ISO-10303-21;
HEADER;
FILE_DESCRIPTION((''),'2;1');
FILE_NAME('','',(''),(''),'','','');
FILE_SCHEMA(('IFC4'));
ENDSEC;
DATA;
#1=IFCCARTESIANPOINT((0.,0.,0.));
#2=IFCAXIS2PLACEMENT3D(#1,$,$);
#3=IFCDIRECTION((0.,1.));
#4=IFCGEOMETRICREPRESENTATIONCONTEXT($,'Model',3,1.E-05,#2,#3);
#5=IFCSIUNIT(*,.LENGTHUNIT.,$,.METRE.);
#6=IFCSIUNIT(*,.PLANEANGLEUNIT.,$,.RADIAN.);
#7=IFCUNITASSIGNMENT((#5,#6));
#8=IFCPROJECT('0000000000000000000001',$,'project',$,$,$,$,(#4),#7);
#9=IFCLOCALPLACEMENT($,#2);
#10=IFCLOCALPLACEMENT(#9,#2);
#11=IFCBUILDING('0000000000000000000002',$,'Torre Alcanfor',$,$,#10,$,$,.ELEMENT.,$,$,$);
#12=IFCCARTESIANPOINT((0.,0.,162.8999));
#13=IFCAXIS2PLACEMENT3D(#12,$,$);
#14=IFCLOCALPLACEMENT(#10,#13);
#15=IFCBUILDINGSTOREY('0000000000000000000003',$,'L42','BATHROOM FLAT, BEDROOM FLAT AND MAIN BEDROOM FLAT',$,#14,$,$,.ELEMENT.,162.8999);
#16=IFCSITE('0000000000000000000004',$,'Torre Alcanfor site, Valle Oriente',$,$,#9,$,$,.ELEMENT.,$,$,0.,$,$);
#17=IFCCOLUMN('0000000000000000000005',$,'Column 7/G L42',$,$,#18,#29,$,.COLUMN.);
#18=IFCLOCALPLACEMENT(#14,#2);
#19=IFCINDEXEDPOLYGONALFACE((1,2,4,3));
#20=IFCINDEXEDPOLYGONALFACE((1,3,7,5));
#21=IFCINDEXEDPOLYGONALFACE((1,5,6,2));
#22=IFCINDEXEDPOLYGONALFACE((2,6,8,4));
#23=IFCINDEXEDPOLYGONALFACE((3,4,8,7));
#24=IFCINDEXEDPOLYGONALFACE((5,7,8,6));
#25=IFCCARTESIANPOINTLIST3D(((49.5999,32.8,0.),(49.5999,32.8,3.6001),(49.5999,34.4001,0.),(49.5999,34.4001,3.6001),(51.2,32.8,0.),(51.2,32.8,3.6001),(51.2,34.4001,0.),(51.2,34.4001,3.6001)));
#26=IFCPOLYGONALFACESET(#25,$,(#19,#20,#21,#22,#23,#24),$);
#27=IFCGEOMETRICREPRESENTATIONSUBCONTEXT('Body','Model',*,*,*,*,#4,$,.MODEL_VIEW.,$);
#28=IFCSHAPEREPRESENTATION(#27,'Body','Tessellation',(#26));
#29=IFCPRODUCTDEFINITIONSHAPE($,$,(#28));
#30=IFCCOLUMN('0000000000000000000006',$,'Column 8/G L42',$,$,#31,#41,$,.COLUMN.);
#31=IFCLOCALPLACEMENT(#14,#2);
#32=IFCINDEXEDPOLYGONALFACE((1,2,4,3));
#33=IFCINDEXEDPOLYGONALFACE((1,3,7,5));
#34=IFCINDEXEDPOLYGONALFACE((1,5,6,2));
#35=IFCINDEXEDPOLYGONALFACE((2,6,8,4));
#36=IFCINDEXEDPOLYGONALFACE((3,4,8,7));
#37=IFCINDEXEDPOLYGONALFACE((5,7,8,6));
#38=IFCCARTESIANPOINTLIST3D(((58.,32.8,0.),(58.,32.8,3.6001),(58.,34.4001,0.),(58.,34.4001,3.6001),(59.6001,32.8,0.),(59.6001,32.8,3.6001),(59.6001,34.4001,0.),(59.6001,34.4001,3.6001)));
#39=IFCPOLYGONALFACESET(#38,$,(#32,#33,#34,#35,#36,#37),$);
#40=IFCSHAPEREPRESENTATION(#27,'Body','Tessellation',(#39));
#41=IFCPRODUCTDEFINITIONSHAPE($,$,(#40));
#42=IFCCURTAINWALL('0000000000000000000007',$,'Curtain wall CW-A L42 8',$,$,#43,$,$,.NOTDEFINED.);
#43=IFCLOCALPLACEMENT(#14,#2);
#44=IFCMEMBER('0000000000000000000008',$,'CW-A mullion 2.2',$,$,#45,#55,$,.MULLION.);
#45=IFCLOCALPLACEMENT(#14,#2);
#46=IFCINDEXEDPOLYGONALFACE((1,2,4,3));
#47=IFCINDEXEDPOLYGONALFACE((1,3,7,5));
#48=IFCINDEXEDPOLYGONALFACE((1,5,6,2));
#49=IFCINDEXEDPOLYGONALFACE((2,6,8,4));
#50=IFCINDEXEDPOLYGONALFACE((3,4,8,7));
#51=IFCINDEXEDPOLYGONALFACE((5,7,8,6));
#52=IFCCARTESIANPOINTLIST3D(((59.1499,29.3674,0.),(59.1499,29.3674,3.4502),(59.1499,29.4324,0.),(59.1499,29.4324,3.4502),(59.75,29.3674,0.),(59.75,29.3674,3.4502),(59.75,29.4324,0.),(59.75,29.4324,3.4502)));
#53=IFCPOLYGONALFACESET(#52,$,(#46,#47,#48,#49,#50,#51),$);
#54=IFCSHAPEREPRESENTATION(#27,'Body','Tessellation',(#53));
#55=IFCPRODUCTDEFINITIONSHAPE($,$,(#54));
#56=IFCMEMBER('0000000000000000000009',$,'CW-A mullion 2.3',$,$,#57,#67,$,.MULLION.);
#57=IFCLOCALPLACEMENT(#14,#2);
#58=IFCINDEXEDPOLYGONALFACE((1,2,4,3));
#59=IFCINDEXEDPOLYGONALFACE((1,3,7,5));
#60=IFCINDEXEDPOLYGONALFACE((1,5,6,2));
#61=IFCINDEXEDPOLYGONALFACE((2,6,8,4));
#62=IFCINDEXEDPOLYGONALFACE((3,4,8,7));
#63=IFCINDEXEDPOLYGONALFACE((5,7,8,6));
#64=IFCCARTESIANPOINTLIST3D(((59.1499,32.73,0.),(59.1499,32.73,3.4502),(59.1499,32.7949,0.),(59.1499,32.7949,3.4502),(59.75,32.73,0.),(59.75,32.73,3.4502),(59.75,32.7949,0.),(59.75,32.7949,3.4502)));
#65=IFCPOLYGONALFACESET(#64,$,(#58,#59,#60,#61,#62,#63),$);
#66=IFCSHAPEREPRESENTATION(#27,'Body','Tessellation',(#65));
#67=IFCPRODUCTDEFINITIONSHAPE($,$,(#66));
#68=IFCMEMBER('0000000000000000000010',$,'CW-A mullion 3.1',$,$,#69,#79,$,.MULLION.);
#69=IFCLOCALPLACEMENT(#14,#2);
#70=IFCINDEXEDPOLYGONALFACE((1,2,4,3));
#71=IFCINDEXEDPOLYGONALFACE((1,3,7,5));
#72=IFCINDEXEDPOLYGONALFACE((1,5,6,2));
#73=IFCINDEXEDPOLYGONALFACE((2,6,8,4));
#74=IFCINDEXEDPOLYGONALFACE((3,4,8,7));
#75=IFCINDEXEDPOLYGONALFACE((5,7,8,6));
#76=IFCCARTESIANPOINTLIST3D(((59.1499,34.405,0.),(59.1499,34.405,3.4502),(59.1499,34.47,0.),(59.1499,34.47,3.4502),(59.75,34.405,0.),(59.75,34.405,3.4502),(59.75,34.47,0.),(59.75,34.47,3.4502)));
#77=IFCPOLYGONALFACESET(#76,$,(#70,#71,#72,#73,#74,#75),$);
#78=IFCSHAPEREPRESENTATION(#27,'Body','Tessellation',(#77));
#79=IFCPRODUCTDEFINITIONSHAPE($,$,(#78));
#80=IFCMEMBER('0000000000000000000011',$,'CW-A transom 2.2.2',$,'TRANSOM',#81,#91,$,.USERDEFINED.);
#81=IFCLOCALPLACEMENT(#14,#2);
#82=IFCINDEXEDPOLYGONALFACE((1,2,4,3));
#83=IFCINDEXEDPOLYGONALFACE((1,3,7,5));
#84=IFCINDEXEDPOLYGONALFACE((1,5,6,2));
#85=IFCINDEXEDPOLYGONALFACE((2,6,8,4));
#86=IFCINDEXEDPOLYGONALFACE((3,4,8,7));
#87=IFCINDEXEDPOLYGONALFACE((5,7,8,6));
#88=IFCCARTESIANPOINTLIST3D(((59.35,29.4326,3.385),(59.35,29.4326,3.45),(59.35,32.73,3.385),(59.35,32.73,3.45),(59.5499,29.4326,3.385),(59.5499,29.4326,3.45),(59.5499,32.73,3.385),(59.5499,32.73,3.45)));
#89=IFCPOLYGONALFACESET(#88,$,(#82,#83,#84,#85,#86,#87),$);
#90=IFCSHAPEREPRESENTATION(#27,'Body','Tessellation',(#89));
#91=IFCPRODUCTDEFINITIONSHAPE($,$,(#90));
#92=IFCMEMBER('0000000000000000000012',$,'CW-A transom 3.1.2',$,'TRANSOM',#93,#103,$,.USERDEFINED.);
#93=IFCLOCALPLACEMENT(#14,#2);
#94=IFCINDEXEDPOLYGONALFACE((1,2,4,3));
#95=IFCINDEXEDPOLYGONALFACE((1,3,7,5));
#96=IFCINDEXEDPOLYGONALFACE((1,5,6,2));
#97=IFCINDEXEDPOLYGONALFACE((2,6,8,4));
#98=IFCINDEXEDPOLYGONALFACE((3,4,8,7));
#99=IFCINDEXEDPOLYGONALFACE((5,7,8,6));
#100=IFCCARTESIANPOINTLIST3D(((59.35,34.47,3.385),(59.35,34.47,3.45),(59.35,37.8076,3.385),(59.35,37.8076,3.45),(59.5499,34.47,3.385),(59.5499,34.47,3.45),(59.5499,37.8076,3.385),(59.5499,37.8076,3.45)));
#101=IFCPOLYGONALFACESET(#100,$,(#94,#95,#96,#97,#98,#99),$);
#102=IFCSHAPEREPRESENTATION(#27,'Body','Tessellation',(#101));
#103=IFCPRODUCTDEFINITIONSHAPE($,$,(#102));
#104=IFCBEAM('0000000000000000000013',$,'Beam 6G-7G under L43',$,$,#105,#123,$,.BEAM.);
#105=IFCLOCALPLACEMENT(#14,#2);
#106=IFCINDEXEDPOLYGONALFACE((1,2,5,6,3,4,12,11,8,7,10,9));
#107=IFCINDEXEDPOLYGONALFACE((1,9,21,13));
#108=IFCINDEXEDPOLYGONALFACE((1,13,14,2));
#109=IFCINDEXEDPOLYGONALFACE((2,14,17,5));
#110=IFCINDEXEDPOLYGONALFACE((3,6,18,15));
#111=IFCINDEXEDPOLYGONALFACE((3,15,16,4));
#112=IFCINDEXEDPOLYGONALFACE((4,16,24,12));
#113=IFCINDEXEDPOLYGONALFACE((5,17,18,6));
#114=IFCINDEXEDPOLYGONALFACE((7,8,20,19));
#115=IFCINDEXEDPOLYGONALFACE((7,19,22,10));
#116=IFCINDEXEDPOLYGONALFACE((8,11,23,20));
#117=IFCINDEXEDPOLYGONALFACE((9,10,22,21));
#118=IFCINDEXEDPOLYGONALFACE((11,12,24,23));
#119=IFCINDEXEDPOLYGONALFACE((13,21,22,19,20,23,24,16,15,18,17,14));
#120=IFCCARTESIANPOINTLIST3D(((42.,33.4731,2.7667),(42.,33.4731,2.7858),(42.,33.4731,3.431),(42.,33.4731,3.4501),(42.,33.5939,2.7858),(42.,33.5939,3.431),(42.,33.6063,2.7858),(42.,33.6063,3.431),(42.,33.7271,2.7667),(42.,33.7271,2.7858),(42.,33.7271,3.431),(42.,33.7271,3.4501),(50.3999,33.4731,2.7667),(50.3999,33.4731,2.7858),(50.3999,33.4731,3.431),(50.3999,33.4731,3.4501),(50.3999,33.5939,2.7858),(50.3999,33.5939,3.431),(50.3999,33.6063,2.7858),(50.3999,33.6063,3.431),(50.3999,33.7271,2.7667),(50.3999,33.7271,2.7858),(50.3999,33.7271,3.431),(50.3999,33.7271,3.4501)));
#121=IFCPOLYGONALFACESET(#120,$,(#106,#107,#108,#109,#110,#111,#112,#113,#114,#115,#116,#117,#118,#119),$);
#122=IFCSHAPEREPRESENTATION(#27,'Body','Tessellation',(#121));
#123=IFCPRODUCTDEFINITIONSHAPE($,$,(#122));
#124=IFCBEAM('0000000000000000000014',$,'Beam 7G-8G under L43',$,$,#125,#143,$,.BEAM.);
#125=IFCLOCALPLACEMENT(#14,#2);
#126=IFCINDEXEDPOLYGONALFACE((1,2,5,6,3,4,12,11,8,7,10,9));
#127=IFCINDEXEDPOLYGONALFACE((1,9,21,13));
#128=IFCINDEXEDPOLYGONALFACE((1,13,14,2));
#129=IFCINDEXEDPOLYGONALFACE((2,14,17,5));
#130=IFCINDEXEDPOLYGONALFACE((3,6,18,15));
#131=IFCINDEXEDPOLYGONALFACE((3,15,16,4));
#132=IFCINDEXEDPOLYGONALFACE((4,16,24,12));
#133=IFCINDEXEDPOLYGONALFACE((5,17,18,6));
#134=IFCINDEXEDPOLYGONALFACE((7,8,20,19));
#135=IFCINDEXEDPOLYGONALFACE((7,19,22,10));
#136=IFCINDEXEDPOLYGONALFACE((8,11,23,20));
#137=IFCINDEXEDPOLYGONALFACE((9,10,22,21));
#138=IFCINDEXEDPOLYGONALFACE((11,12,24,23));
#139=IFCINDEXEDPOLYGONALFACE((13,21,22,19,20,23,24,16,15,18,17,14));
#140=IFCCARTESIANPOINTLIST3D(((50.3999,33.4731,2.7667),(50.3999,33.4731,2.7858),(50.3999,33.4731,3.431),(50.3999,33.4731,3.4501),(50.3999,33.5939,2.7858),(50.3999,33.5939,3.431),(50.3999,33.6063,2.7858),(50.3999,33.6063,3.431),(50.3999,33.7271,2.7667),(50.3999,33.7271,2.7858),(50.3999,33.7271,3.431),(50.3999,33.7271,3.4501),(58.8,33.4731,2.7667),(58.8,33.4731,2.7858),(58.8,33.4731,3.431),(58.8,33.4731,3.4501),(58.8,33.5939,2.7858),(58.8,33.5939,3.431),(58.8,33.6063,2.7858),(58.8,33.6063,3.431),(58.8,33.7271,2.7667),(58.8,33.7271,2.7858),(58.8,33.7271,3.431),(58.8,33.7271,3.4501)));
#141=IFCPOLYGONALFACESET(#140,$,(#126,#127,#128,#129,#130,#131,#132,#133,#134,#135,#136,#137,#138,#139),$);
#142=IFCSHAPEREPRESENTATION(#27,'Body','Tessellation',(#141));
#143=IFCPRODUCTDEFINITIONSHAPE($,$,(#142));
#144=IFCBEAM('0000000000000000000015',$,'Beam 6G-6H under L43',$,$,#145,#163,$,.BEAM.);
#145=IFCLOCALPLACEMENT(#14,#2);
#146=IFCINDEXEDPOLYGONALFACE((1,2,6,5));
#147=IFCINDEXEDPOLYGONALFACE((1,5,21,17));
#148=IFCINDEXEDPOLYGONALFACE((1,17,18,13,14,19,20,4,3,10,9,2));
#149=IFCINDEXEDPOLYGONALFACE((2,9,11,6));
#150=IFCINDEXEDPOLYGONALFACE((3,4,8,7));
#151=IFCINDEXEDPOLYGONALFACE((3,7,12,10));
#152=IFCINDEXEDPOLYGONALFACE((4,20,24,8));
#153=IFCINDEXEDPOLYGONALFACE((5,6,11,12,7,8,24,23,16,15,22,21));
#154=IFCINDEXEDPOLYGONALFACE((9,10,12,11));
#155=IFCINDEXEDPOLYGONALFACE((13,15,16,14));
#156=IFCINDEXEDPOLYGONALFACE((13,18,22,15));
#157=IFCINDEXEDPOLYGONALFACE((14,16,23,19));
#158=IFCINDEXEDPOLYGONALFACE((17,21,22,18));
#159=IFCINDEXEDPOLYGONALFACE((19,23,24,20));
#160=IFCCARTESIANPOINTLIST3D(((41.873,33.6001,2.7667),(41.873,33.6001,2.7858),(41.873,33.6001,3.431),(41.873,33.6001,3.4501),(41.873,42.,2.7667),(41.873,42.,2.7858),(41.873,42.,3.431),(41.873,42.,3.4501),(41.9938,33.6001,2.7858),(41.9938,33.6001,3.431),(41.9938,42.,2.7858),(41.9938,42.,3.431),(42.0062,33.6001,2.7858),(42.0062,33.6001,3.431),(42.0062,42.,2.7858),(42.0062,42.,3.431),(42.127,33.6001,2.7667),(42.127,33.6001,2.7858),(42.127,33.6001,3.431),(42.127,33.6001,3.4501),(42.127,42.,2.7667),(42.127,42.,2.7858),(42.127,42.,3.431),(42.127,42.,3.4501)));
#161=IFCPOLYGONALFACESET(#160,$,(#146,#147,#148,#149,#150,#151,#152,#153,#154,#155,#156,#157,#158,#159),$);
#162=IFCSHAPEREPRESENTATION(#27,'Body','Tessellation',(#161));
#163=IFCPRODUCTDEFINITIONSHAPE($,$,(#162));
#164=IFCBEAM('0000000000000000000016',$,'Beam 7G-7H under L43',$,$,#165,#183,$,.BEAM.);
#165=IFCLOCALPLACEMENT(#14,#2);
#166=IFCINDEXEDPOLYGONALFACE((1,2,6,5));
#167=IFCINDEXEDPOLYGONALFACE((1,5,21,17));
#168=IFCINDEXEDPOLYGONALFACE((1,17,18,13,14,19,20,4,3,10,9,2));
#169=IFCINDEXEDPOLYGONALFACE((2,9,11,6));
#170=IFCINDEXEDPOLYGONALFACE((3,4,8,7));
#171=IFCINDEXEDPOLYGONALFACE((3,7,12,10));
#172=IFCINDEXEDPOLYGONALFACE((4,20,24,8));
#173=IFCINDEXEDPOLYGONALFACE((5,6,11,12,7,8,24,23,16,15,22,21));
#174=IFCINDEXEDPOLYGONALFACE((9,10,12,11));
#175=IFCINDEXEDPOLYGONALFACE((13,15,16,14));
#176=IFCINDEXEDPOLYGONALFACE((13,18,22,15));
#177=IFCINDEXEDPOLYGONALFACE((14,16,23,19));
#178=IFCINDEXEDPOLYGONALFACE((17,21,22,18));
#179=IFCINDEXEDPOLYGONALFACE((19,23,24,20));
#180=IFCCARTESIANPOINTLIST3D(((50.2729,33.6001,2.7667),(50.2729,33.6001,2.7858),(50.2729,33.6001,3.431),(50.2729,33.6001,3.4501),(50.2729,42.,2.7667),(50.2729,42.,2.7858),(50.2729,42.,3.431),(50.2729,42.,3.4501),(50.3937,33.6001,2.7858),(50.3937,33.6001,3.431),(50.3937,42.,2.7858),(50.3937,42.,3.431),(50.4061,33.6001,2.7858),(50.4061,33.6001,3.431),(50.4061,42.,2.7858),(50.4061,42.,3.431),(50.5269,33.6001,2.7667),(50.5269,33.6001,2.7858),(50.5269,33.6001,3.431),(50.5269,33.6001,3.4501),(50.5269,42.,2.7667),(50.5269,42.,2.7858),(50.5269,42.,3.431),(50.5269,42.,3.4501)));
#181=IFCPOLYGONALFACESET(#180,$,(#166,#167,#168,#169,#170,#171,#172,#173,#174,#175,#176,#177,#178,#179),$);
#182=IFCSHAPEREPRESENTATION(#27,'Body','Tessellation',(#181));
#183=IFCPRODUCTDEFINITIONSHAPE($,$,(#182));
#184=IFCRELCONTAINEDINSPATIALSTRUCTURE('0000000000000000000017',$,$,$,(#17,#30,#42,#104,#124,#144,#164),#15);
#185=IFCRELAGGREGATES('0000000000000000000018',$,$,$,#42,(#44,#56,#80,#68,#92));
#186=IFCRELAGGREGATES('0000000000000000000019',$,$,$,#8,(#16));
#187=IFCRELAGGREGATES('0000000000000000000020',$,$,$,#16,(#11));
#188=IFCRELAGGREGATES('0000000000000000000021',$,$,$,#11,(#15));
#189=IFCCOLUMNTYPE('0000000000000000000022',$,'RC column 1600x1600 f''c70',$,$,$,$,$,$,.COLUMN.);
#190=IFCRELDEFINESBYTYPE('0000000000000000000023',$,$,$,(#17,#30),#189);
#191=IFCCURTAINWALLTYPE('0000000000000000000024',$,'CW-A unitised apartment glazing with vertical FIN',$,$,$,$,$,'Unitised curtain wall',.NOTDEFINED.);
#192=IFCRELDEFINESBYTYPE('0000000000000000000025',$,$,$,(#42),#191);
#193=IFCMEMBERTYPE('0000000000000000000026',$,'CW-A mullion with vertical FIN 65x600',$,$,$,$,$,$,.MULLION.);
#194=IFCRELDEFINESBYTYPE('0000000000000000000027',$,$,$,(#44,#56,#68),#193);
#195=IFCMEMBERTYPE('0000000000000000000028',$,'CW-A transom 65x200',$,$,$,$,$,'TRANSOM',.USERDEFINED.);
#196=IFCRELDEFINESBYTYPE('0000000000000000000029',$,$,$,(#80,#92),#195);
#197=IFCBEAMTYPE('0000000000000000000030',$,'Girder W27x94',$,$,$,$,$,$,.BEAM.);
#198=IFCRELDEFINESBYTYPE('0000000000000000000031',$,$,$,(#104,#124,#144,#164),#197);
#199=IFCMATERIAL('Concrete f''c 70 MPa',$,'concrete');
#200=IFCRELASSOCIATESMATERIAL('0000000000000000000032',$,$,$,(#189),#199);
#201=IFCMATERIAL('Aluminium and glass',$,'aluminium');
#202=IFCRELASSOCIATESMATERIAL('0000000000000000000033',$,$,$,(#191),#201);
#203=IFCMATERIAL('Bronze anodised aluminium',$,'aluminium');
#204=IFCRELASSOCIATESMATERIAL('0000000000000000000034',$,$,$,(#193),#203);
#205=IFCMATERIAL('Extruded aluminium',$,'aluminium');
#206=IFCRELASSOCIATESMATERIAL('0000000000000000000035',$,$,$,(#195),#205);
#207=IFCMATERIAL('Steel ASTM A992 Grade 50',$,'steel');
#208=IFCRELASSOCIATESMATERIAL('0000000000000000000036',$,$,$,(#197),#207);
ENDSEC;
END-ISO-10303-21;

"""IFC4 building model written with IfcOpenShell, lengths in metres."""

from ifc_helpers import new_model, si_unit, direction, frame, origin, origin_2d, place, context, subcontext, project, spatial, rectangle, i_section, extrude, material, material_profile, profile_set, type_object, element, aggregate, save


model = new_model("IFC4")

# Units and contexts
model_context = context("Model", 3, precision=1e-05, world=origin(), true_north=direction((0.0, 1.0)))
body_context = subcontext(model_context, "Body", "Model", "MODEL_VIEW")
ifc_project = project(units=[si_unit("LENGTHUNIT", "METRE"), si_unit("PLANEANGLEUNIT", "RADIAN")], contexts=[model_context])

# Site, building, storey
site_placement = place(None, origin())
site = spatial("IfcSite", under=ifc_project, at=site_placement, Name="Torre Alcanfor site, Valle Oriente", CompositionType="ELEMENT", RefElevation=0.0)
building_placement = place(site_placement, origin())
building = spatial("IfcBuilding", under=site, at=building_placement, Name="Torre Alcanfor", CompositionType="ELEMENT")
storey_placement = place(building_placement, frame((0.0, 0.0, 162.8999)))
storey = spatial("IfcBuildingStorey", under=building, at=storey_placement, Name="L42", Description="BATHROOM FLAT, BEDROOM FLAT AND MAIN BEDROOM FLAT", CompositionType="ELEMENT", Elevation=162.8999)

# Columns
ifc_material_1 = material(Name="Concrete f'c 70 MPa", Category="concrete")
ifc_material_profile_1 = material_profile(ifc_material_1, rectangle(XDim=1.6001, YDim=1.6001, at=origin_2d()), Name="1600x1600")
ifc_profile_set_1 = profile_set([ifc_material_profile_1], Name="Concrete f'c 70 MPa")
column_type = type_object("IfcColumnType", Name="RC column 1600x1600 f'c70", PredefinedType="COLUMN", material=ifc_profile_set_1)
for number, where, z_axis, x_axis, name in (
    (1, (50.3999, 33.6001, 0.0), (0.0, 0.0, 1.0), (1.0, 0.0, 0.0), "Column 7/G L42"),
    (2, (58.8, 33.6001, 0.0), (0.0, 0.0, 1.0), (1.0, 0.0, 0.0), "Column 8/G L42"),
):
    element("IfcColumn", number, at=place(storey_placement, frame(where, z_axis=z_axis, x_axis=x_axis)), inside=storey, type_object=column_type, Name=name, PredefinedType="COLUMN", context=body_context, shape_type="SweptSolid", body=[
        extrude(rectangle(XDim=1.6001, YDim=1.6001, at=origin_2d()), origin(), (0.0, 0.0, 1.0), 3.6001),
    ])

# Curtain wall, members
ifc_material_2 = material(Name="Aluminium and glass", Category="aluminium")
curtain_wall_type = type_object("IfcCurtainWallType", Name="CW-A unitised apartment glazing with vertical FIN", ElementType="Unitised curtain wall", PredefinedType="NOTDEFINED", material=ifc_material_2)
curtain_wall_placement = place(storey_placement, origin())
curtain_wall = element("IfcCurtainWall", 3, at=curtain_wall_placement, inside=storey, type_object=curtain_wall_type, Name="Curtain wall CW-A L42 8", PredefinedType="NOTDEFINED")
ifc_material_3 = material(Name="Bronze anodised aluminium", Category="aluminium")
ifc_material_profile_2 = material_profile(ifc_material_3, rectangle(XDim=0.6001, YDim=0.0649, at=origin_2d()), Name="CW-A mullion 65x600")
ifc_profile_set_2 = profile_set([ifc_material_profile_2], Name="Bronze anodised aluminium")
member_type_1 = type_object("IfcMemberType", Name="CW-A mullion with vertical FIN 65x600", PredefinedType="MULLION", material=ifc_profile_set_2)
member_1_placement = place(storey_placement, frame((59.45, 29.3999, 0.0), z_axis=(0.0, 0.0, 1.0), x_axis=(-1.0, 0.0, 0.0)))
member_1 = element("IfcMember", 4, at=member_1_placement, type_object=member_type_1, Name="CW-A mullion 2.2", PredefinedType="MULLION", context=body_context, shape_type="SweptSolid", body=[
    extrude(rectangle(XDim=0.6001, YDim=0.0649, at=origin_2d()), origin(), (0.0, 0.0, 1.0), 3.4502),
])
member_2_placement = place(storey_placement, frame((59.45, 32.7625, 0.0), z_axis=(0.0, 0.0, 1.0), x_axis=(-1.0, 0.0, 0.0)))
member_2 = element("IfcMember", 5, at=member_2_placement, type_object=member_type_1, Name="CW-A mullion 2.3", PredefinedType="MULLION", context=body_context, shape_type="SweptSolid", body=[
    extrude(rectangle(XDim=0.6001, YDim=0.0649, at=origin_2d()), origin(), (0.0, 0.0, 1.0), 3.4502),
])
member_3_placement = place(storey_placement, frame((59.45, 34.4375, 0.0), z_axis=(0.0, 0.0, 1.0), x_axis=(-1.0, 0.0, 0.0)))
member_3 = element("IfcMember", 6, at=member_3_placement, type_object=member_type_1, Name="CW-A mullion 3.1", PredefinedType="MULLION", context=body_context, shape_type="SweptSolid", body=[
    extrude(rectangle(XDim=0.6001, YDim=0.0649, at=origin_2d()), origin(), (0.0, 0.0, 1.0), 3.4502),
])
ifc_material_4 = material(Name="Extruded aluminium", Category="aluminium")
ifc_material_profile_3 = material_profile(ifc_material_4, rectangle(XDim=0.2, YDim=0.0649, at=origin_2d()), Name="CW-A transom 200x65")
ifc_profile_set_3 = profile_set([ifc_material_profile_3], Name="Extruded aluminium")
member_type_2 = type_object("IfcMemberType", Name="CW-A transom 65x200", ElementType="TRANSOM", PredefinedType="USERDEFINED", material=ifc_profile_set_3)
member_4_placement = place(storey_placement, frame((59.45, 29.4326, 3.4175), z_axis=(0.0, 1.0, 0.0), x_axis=(-1.0, 0.0, 0.0)))
member_4 = element("IfcMember", 7, at=member_4_placement, type_object=member_type_2, Name="CW-A transom 2.2.2", ObjectType="TRANSOM", PredefinedType="USERDEFINED", context=body_context, shape_type="SweptSolid", body=[
    extrude(rectangle(XDim=0.2, YDim=0.0649, at=origin_2d()), origin(), (0.0, 0.0, 1.0), 3.2974),
])
member_5_placement = place(storey_placement, frame((59.45, 34.47, 3.4175), z_axis=(0.0, 1.0, 0.0), x_axis=(-1.0, 0.0, 0.0)))
member_5 = element("IfcMember", 8, at=member_5_placement, type_object=member_type_2, Name="CW-A transom 3.1.2", ObjectType="TRANSOM", PredefinedType="USERDEFINED", context=body_context, shape_type="SweptSolid", body=[
    extrude(rectangle(XDim=0.2, YDim=0.0649, at=origin_2d()), origin(), (0.0, 0.0, 1.0), 3.3376),
])

# Beams
ifc_material_5 = material(Name="Steel ASTM A992 Grade 50", Category="steel")
ifc_material_profile_4 = material_profile(ifc_material_5, i_section(OverallWidth=0.2539, OverallDepth=0.6833, WebThickness=0.0125, FlangeThickness=0.019, at=origin_2d()), Name="W27x94")
ifc_profile_set_4 = profile_set([ifc_material_profile_4], Name="Steel ASTM A992 Grade 50")
beam_type_1 = type_object("IfcBeamType", Name="Girder W27x94", PredefinedType="BEAM", material=ifc_profile_set_4)
beam_1_placement = place(storey_placement, frame((42.0, 33.6001, 3.1084), z_axis=(1.0, 0.0, 0.0), x_axis=(0.0, 1.0, 0.0)))
element("IfcBeam", 9, at=beam_1_placement, inside=storey, type_object=beam_type_1, Name="Beam 6G-7G under L43", PredefinedType="BEAM", context=body_context, shape_type="SweptSolid", body=[
    extrude(i_section(OverallWidth=0.2539, OverallDepth=0.6833, WebThickness=0.0125, FlangeThickness=0.019, at=origin_2d()), origin(), (0.0, 0.0, 1.0), 8.3999),
])
beam_2_placement = place(storey_placement, frame((50.3999, 33.6001, 3.1084), z_axis=(1.0, 0.0, 0.0), x_axis=(0.0, 1.0, 0.0)))
element("IfcBeam", 10, at=beam_2_placement, inside=storey, type_object=beam_type_1, Name="Beam 7G-8G under L43", PredefinedType="BEAM", context=body_context, shape_type="SweptSolid", body=[
    extrude(i_section(OverallWidth=0.2539, OverallDepth=0.6833, WebThickness=0.0125, FlangeThickness=0.019, at=origin_2d()), origin(), (0.0, 0.0, 1.0), 8.4001),
])
for number, where, z_axis, x_axis, name in (
    (11, (42.0, 33.6001, 3.1084), (0.0, 1.0, 0.0), (-1.0, 0.0, 0.0), "Beam 6G-6H under L43"),
    (12, (50.3999, 33.6001, 3.1084), (0.0, 1.0, 0.0), (-1.0, 0.0, 0.0), "Beam 7G-7H under L43"),
):
    element("IfcBeam", number, at=place(storey_placement, frame(where, z_axis=z_axis, x_axis=x_axis)), inside=storey, type_object=beam_type_1, Name=name, PredefinedType="BEAM", context=body_context, shape_type="SweptSolid", body=[
        extrude(i_section(OverallWidth=0.2539, OverallDepth=0.6833, WebThickness=0.0125, FlangeThickness=0.019, at=origin_2d()), origin(), (0.0, 0.0, 1.0), 8.3999),
    ])

aggregate(curtain_wall, [member_1, member_2, member_4, member_3, member_5])

save(model, "model.ifc")
